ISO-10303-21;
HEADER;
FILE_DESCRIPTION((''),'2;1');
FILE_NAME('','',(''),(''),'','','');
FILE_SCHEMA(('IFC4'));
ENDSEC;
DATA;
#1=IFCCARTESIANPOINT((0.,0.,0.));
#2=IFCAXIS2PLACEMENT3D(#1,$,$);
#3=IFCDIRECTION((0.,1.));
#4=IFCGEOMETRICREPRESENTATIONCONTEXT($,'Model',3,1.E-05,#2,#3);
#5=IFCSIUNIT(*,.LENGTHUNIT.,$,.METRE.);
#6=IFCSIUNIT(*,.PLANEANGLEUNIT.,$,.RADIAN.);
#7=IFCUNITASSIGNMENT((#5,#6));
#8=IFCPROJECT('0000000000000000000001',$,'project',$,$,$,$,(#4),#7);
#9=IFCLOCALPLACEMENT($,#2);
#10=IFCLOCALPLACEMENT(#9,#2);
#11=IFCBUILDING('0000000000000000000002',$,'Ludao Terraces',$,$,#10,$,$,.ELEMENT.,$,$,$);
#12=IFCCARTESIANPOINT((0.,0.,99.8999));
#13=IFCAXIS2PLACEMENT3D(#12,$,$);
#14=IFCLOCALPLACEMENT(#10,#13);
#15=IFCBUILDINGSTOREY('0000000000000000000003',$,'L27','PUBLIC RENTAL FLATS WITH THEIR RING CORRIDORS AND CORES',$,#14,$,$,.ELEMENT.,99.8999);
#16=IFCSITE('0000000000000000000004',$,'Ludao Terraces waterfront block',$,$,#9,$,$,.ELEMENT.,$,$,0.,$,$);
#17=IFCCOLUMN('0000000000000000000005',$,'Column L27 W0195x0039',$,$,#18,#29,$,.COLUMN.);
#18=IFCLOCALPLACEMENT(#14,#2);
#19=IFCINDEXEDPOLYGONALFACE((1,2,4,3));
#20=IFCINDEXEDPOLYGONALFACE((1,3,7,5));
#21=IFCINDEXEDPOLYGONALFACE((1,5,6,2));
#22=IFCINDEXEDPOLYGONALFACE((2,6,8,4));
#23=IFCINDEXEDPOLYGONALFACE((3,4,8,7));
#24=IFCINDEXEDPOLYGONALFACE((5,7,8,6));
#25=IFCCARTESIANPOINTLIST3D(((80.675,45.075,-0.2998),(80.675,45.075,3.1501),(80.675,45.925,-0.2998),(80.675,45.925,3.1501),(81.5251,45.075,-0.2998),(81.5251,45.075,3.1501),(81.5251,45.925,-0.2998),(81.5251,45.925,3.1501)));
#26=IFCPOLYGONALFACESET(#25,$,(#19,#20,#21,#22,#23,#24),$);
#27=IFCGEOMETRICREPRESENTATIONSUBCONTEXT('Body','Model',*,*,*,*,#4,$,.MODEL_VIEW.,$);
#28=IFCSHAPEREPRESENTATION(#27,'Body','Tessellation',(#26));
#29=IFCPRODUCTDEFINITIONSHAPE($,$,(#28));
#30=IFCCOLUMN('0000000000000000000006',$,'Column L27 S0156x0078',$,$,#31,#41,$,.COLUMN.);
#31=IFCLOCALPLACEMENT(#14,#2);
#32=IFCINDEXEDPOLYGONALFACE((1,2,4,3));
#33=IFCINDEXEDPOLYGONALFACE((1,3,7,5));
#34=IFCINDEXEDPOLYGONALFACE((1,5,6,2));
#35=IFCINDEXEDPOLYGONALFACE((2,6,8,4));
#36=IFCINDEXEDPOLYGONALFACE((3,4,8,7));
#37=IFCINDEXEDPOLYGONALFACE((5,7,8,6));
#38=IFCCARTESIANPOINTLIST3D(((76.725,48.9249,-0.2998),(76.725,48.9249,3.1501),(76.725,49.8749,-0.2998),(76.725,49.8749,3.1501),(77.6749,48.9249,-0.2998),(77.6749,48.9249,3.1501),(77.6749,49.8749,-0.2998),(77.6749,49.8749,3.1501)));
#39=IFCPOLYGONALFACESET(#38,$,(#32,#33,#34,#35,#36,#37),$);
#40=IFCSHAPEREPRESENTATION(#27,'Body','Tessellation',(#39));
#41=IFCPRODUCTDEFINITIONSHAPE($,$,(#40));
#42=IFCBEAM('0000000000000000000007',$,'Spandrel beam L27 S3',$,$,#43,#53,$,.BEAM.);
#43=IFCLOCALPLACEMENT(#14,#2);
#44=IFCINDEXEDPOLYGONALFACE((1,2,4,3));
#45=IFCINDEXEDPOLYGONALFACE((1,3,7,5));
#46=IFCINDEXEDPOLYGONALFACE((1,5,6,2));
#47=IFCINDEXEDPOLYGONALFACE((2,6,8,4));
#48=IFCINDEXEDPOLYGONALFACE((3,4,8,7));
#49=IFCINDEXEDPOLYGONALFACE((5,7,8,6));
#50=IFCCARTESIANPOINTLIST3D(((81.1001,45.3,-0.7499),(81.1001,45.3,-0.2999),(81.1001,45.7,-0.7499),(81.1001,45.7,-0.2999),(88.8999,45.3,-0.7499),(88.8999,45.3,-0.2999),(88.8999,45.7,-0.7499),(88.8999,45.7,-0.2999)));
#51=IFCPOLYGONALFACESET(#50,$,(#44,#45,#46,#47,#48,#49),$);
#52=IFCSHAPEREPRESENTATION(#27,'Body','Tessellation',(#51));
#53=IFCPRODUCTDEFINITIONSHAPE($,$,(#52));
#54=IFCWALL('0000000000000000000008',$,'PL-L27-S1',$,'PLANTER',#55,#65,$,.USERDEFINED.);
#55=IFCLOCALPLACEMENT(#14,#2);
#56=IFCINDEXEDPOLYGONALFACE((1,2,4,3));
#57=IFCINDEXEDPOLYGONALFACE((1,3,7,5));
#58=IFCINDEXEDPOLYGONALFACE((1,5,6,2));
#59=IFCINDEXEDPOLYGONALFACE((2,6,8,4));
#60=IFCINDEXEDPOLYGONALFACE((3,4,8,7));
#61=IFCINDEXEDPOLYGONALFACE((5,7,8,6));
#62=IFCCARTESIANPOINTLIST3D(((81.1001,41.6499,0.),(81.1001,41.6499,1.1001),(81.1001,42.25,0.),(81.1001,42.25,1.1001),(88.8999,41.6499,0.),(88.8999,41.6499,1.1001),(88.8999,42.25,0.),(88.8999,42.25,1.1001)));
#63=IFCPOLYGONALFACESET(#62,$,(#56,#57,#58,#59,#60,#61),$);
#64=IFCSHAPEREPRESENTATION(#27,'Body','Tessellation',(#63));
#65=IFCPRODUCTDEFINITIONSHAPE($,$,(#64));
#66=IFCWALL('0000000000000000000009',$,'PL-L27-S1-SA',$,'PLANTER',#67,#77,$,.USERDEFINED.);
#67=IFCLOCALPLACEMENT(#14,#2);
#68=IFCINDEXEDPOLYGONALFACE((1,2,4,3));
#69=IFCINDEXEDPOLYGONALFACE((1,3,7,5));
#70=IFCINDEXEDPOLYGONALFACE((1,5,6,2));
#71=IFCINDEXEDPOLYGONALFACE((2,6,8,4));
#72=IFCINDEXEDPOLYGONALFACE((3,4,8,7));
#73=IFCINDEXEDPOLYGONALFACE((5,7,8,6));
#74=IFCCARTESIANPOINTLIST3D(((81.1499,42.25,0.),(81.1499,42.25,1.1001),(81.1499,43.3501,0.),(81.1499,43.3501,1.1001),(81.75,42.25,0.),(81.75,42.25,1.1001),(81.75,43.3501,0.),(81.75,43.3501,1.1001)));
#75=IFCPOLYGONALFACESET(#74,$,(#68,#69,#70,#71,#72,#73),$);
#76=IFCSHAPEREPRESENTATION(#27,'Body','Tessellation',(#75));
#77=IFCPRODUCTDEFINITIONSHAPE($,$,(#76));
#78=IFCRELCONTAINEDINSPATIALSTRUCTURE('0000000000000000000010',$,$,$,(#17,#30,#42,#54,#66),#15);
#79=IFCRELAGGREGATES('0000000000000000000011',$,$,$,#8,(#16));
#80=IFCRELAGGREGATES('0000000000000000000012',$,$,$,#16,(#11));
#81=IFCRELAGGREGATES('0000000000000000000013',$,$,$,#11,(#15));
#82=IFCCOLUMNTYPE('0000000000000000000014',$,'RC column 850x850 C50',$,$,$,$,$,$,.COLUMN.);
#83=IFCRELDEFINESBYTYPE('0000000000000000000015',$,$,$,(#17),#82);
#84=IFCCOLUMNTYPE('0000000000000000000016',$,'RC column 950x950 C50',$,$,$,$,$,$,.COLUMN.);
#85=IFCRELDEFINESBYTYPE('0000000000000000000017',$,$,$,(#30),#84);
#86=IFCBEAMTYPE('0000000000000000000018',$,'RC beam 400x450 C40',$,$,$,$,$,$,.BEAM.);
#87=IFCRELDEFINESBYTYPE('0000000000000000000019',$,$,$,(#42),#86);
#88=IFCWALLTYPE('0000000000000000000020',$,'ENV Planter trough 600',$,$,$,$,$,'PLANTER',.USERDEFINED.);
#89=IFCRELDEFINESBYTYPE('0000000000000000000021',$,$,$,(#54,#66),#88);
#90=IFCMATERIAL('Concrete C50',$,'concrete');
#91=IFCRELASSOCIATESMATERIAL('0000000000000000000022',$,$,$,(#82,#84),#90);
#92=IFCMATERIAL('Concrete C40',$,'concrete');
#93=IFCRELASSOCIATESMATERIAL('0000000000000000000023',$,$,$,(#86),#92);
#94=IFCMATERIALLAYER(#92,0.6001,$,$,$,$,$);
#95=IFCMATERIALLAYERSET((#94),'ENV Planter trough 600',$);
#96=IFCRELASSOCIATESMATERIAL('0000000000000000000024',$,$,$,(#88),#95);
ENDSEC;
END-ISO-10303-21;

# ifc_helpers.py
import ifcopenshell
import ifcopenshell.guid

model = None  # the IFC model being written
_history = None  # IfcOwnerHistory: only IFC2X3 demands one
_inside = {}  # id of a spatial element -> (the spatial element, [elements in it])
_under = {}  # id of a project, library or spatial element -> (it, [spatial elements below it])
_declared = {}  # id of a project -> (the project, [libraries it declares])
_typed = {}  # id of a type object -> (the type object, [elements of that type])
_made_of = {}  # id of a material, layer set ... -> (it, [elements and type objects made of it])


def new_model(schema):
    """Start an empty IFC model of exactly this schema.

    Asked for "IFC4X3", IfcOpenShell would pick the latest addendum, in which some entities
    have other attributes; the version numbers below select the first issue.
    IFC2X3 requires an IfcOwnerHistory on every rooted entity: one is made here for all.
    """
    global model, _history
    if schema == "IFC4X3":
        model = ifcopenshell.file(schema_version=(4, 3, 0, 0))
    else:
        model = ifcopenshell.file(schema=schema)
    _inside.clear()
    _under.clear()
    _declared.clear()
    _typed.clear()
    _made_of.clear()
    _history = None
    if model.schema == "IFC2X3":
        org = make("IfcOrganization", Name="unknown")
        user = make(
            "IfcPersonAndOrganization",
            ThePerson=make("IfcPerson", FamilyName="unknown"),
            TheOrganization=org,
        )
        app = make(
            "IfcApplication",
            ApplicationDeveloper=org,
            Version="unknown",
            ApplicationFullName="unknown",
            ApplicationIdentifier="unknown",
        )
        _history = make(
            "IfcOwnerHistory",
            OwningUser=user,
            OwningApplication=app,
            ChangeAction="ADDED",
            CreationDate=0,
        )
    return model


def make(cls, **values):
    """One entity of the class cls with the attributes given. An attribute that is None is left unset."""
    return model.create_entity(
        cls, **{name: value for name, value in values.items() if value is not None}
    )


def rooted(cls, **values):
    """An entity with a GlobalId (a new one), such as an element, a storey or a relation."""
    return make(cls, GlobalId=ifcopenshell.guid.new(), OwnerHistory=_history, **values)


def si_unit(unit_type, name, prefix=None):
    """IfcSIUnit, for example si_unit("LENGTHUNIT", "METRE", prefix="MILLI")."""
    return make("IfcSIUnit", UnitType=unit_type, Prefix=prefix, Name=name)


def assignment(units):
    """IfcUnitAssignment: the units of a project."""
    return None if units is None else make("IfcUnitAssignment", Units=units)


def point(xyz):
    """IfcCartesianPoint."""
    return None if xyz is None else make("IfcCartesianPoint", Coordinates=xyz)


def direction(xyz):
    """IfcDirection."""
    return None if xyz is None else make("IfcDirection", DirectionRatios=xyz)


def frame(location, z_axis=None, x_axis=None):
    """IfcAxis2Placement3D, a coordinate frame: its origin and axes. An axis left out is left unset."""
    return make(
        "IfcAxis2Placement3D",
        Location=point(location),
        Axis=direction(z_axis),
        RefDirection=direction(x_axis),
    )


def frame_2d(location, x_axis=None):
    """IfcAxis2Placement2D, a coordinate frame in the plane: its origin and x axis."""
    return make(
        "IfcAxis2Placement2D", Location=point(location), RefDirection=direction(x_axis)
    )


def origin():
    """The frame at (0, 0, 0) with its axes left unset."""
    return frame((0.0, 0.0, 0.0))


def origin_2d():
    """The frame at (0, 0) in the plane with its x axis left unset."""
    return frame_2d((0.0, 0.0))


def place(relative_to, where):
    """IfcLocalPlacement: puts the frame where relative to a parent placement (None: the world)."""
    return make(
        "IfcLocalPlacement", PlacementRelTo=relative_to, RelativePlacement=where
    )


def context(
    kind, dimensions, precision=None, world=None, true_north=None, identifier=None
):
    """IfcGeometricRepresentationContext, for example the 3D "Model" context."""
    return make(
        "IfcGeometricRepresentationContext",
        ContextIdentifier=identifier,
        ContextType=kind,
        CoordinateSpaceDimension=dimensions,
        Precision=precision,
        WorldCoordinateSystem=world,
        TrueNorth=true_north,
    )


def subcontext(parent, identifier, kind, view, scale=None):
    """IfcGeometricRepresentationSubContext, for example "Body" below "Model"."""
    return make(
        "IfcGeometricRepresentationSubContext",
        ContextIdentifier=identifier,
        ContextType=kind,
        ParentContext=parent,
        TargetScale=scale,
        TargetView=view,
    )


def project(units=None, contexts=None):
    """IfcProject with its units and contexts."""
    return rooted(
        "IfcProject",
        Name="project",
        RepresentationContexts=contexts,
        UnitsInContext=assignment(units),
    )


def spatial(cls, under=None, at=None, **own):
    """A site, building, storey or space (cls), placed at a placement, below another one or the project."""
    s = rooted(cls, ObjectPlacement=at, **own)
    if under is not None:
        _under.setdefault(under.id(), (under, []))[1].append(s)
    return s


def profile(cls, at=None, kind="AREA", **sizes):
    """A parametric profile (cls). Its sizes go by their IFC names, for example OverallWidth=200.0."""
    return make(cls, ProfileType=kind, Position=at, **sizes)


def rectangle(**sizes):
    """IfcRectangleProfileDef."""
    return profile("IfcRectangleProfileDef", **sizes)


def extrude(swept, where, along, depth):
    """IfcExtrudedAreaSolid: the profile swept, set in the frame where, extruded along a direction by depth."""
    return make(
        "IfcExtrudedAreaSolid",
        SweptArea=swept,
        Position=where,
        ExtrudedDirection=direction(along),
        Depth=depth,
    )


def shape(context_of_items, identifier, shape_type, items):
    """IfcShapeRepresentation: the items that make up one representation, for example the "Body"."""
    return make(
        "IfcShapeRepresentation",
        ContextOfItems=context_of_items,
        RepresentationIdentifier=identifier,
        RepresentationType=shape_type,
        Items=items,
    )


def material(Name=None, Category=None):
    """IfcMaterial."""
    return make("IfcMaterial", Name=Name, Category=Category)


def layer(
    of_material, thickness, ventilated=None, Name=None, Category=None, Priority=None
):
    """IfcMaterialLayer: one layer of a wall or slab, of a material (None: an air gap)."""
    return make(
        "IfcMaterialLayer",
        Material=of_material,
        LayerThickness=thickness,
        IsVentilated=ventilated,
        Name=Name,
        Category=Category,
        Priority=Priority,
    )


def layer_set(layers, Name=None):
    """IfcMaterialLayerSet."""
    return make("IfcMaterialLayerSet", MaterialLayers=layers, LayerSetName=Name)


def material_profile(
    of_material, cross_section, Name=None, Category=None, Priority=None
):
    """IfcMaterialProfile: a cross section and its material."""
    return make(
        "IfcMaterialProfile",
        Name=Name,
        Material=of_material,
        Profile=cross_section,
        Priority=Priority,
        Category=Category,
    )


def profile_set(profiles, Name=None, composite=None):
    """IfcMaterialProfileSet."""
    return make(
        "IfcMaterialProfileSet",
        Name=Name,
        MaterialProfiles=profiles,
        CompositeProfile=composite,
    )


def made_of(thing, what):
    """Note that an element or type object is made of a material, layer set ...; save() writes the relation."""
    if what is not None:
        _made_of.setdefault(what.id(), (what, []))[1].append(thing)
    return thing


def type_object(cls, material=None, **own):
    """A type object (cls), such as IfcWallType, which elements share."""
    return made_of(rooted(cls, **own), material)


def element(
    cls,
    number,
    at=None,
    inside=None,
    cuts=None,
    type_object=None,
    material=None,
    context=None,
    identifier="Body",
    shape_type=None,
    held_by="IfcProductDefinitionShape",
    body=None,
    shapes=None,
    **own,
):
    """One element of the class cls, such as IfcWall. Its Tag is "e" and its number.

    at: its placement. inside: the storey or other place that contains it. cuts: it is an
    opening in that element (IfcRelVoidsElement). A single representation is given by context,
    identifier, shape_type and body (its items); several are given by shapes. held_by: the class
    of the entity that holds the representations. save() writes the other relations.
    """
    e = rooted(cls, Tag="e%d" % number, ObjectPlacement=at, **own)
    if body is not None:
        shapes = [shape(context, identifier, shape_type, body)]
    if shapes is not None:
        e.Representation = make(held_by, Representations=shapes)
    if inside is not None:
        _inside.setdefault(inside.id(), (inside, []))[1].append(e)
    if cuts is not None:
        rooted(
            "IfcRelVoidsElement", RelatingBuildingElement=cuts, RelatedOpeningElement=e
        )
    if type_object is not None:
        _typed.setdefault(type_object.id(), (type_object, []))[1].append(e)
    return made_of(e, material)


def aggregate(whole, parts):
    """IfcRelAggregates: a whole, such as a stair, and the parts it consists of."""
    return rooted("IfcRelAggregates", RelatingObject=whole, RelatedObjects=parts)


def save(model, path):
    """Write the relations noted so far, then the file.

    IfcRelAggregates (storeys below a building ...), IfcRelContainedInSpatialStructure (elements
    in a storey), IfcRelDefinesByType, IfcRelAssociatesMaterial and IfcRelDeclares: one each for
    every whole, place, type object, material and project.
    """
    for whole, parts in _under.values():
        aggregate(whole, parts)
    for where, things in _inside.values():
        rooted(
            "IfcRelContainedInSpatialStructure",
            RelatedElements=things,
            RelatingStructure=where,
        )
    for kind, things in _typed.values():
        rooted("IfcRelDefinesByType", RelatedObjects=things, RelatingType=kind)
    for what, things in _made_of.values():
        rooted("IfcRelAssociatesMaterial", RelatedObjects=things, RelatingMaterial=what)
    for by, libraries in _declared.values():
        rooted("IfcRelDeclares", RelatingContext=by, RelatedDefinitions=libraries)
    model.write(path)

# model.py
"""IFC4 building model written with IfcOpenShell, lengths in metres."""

from ifc_helpers import new_model, si_unit, direction, frame, frame_2d, origin, origin_2d, place, context, subcontext, project, spatial, rectangle, extrude, material, layer, layer_set, material_profile, profile_set, type_object, element, save


model = new_model("IFC4")

# Units and contexts
model_context = context("Model", 3, precision=1e-05, world=origin(), true_north=direction((0.0, 1.0)))
body_context = subcontext(model_context, "Body", "Model", "MODEL_VIEW")
ifc_project = project(units=[si_unit("LENGTHUNIT", "METRE"), si_unit("PLANEANGLEUNIT", "RADIAN")], contexts=[model_context])

# Site, building, storey
site_placement = place(None, origin())
site = spatial("IfcSite", under=ifc_project, at=site_placement, Name="Ludao Terraces waterfront block", CompositionType="ELEMENT", RefElevation=0.0)
building_placement = place(site_placement, origin())
building = spatial("IfcBuilding", under=site, at=building_placement, Name="Ludao Terraces", CompositionType="ELEMENT")
storey_placement = place(building_placement, frame((0.0, 0.0, 99.8999)))
storey = spatial("IfcBuildingStorey", under=building, at=storey_placement, Name="L27", Description="PUBLIC RENTAL FLATS WITH THEIR RING CORRIDORS AND CORES", CompositionType="ELEMENT", Elevation=99.8999)

# Columns
ifc_material_1 = material(Name="Concrete C50", Category="concrete")
ifc_material_profile_1 = material_profile(ifc_material_1, rectangle(XDim=0.8501, YDim=0.8501, at=origin_2d()), Name="850 X 850")
ifc_profile_set_1 = profile_set([ifc_material_profile_1], Name="Concrete C50")
column_type_1 = type_object("IfcColumnType", Name="RC column 850x850 C50", PredefinedType="COLUMN", material=ifc_profile_set_1)
column_1_placement = place(storey_placement, frame((81.1001, 45.5, -0.2998), z_axis=(0.0, 0.0, 1.0), x_axis=(1.0, 0.0, 0.0)))
element("IfcColumn", 1, at=column_1_placement, inside=storey, type_object=column_type_1, Name="Column L27 W0195x0039", PredefinedType="COLUMN", context=body_context, shape_type="SweptSolid", body=[
    extrude(rectangle(XDim=0.8501, YDim=0.8501, at=origin_2d()), origin(), (0.0, 0.0, 1.0), 3.45),
])
ifc_material_profile_2 = material_profile(ifc_material_1, rectangle(XDim=0.95, YDim=0.95, at=origin_2d()), Name="950 X 950")
ifc_profile_set_2 = profile_set([ifc_material_profile_2], Name="Concrete C50")
column_type_2 = type_object("IfcColumnType", Name="RC column 950x950 C50", PredefinedType="COLUMN", material=ifc_profile_set_2)
column_2_placement = place(storey_placement, frame((77.2, 49.3999, -0.2998), z_axis=(0.0, 0.0, 1.0), x_axis=(1.0, 0.0, 0.0)))
element("IfcColumn", 2, at=column_2_placement, inside=storey, type_object=column_type_2, Name="Column L27 S0156x0078", PredefinedType="COLUMN", context=body_context, shape_type="SweptSolid", body=[
    extrude(rectangle(XDim=0.95, YDim=0.95, at=origin_2d()), origin(), (0.0, 0.0, 1.0), 3.45),
])

# Beam
ifc_material_2 = material(Name="Concrete C40", Category="concrete")
ifc_material_profile_3 = material_profile(ifc_material_2, rectangle(XDim=0.3999, YDim=0.45, at=origin_2d()), Name="400 X 450")
ifc_profile_set_3 = profile_set([ifc_material_profile_3], Name="Concrete C40")
beam_type = type_object("IfcBeamType", Name="RC beam 400x450 C40", PredefinedType="BEAM", material=ifc_profile_set_3)
beam_placement = place(storey_placement, frame((81.1001, 45.5, -0.5249), z_axis=(1.0, 0.0, 0.0), x_axis=(0.0, 1.0, 0.0)))
element("IfcBeam", 3, at=beam_placement, inside=storey, type_object=beam_type, Name="Spandrel beam L27 S3", PredefinedType="BEAM", context=body_context, shape_type="SweptSolid", body=[
    extrude(rectangle(XDim=0.3999, YDim=0.45, at=origin_2d()), origin(), (0.0, 0.0, 1.0), 7.7998),
])

# Walls
ifc_layer_1 = layer(ifc_material_2, 0.6001)
ifc_layer_set_1 = layer_set([ifc_layer_1], Name="ENV Planter trough 600")
wall_type_1 = type_object("IfcWallType", Name="ENV Planter trough 600", ElementType="PLANTER", PredefinedType="USERDEFINED", material=ifc_layer_set_1)
wall_1_placement = place(storey_placement, frame((81.1001, 41.95, 0.0), z_axis=(0.0, 0.0, 1.0), x_axis=(1.0, 0.0, 0.0)))
element("IfcWall", 4, at=wall_1_placement, inside=storey, type_object=wall_type_1, Name="PL-L27-S1", ObjectType="PLANTER", PredefinedType="USERDEFINED", context=body_context, shape_type="SweptSolid", body=[
    extrude(rectangle(XDim=7.7998, YDim=0.6001, at=frame_2d((3.8999, 0.0))), origin(), (0.0, 0.0, 1.0), 1.1001),
])
wall_2_placement = place(storey_placement, frame((81.45, 42.25, 0.0), z_axis=(0.0, 0.0, 1.0), x_axis=(0.0, 1.0, 0.0)))
element("IfcWall", 5, at=wall_2_placement, inside=storey, type_object=wall_type_1, Name="PL-L27-S1-SA", ObjectType="PLANTER", PredefinedType="USERDEFINED", context=body_context, shape_type="SweptSolid", body=[
    extrude(rectangle(XDim=1.1001, YDim=0.6001, at=frame_2d((0.55, 0.0))), origin(), (0.0, 0.0, 1.0), 1.1001),
])

save(model, "model.ifc")
